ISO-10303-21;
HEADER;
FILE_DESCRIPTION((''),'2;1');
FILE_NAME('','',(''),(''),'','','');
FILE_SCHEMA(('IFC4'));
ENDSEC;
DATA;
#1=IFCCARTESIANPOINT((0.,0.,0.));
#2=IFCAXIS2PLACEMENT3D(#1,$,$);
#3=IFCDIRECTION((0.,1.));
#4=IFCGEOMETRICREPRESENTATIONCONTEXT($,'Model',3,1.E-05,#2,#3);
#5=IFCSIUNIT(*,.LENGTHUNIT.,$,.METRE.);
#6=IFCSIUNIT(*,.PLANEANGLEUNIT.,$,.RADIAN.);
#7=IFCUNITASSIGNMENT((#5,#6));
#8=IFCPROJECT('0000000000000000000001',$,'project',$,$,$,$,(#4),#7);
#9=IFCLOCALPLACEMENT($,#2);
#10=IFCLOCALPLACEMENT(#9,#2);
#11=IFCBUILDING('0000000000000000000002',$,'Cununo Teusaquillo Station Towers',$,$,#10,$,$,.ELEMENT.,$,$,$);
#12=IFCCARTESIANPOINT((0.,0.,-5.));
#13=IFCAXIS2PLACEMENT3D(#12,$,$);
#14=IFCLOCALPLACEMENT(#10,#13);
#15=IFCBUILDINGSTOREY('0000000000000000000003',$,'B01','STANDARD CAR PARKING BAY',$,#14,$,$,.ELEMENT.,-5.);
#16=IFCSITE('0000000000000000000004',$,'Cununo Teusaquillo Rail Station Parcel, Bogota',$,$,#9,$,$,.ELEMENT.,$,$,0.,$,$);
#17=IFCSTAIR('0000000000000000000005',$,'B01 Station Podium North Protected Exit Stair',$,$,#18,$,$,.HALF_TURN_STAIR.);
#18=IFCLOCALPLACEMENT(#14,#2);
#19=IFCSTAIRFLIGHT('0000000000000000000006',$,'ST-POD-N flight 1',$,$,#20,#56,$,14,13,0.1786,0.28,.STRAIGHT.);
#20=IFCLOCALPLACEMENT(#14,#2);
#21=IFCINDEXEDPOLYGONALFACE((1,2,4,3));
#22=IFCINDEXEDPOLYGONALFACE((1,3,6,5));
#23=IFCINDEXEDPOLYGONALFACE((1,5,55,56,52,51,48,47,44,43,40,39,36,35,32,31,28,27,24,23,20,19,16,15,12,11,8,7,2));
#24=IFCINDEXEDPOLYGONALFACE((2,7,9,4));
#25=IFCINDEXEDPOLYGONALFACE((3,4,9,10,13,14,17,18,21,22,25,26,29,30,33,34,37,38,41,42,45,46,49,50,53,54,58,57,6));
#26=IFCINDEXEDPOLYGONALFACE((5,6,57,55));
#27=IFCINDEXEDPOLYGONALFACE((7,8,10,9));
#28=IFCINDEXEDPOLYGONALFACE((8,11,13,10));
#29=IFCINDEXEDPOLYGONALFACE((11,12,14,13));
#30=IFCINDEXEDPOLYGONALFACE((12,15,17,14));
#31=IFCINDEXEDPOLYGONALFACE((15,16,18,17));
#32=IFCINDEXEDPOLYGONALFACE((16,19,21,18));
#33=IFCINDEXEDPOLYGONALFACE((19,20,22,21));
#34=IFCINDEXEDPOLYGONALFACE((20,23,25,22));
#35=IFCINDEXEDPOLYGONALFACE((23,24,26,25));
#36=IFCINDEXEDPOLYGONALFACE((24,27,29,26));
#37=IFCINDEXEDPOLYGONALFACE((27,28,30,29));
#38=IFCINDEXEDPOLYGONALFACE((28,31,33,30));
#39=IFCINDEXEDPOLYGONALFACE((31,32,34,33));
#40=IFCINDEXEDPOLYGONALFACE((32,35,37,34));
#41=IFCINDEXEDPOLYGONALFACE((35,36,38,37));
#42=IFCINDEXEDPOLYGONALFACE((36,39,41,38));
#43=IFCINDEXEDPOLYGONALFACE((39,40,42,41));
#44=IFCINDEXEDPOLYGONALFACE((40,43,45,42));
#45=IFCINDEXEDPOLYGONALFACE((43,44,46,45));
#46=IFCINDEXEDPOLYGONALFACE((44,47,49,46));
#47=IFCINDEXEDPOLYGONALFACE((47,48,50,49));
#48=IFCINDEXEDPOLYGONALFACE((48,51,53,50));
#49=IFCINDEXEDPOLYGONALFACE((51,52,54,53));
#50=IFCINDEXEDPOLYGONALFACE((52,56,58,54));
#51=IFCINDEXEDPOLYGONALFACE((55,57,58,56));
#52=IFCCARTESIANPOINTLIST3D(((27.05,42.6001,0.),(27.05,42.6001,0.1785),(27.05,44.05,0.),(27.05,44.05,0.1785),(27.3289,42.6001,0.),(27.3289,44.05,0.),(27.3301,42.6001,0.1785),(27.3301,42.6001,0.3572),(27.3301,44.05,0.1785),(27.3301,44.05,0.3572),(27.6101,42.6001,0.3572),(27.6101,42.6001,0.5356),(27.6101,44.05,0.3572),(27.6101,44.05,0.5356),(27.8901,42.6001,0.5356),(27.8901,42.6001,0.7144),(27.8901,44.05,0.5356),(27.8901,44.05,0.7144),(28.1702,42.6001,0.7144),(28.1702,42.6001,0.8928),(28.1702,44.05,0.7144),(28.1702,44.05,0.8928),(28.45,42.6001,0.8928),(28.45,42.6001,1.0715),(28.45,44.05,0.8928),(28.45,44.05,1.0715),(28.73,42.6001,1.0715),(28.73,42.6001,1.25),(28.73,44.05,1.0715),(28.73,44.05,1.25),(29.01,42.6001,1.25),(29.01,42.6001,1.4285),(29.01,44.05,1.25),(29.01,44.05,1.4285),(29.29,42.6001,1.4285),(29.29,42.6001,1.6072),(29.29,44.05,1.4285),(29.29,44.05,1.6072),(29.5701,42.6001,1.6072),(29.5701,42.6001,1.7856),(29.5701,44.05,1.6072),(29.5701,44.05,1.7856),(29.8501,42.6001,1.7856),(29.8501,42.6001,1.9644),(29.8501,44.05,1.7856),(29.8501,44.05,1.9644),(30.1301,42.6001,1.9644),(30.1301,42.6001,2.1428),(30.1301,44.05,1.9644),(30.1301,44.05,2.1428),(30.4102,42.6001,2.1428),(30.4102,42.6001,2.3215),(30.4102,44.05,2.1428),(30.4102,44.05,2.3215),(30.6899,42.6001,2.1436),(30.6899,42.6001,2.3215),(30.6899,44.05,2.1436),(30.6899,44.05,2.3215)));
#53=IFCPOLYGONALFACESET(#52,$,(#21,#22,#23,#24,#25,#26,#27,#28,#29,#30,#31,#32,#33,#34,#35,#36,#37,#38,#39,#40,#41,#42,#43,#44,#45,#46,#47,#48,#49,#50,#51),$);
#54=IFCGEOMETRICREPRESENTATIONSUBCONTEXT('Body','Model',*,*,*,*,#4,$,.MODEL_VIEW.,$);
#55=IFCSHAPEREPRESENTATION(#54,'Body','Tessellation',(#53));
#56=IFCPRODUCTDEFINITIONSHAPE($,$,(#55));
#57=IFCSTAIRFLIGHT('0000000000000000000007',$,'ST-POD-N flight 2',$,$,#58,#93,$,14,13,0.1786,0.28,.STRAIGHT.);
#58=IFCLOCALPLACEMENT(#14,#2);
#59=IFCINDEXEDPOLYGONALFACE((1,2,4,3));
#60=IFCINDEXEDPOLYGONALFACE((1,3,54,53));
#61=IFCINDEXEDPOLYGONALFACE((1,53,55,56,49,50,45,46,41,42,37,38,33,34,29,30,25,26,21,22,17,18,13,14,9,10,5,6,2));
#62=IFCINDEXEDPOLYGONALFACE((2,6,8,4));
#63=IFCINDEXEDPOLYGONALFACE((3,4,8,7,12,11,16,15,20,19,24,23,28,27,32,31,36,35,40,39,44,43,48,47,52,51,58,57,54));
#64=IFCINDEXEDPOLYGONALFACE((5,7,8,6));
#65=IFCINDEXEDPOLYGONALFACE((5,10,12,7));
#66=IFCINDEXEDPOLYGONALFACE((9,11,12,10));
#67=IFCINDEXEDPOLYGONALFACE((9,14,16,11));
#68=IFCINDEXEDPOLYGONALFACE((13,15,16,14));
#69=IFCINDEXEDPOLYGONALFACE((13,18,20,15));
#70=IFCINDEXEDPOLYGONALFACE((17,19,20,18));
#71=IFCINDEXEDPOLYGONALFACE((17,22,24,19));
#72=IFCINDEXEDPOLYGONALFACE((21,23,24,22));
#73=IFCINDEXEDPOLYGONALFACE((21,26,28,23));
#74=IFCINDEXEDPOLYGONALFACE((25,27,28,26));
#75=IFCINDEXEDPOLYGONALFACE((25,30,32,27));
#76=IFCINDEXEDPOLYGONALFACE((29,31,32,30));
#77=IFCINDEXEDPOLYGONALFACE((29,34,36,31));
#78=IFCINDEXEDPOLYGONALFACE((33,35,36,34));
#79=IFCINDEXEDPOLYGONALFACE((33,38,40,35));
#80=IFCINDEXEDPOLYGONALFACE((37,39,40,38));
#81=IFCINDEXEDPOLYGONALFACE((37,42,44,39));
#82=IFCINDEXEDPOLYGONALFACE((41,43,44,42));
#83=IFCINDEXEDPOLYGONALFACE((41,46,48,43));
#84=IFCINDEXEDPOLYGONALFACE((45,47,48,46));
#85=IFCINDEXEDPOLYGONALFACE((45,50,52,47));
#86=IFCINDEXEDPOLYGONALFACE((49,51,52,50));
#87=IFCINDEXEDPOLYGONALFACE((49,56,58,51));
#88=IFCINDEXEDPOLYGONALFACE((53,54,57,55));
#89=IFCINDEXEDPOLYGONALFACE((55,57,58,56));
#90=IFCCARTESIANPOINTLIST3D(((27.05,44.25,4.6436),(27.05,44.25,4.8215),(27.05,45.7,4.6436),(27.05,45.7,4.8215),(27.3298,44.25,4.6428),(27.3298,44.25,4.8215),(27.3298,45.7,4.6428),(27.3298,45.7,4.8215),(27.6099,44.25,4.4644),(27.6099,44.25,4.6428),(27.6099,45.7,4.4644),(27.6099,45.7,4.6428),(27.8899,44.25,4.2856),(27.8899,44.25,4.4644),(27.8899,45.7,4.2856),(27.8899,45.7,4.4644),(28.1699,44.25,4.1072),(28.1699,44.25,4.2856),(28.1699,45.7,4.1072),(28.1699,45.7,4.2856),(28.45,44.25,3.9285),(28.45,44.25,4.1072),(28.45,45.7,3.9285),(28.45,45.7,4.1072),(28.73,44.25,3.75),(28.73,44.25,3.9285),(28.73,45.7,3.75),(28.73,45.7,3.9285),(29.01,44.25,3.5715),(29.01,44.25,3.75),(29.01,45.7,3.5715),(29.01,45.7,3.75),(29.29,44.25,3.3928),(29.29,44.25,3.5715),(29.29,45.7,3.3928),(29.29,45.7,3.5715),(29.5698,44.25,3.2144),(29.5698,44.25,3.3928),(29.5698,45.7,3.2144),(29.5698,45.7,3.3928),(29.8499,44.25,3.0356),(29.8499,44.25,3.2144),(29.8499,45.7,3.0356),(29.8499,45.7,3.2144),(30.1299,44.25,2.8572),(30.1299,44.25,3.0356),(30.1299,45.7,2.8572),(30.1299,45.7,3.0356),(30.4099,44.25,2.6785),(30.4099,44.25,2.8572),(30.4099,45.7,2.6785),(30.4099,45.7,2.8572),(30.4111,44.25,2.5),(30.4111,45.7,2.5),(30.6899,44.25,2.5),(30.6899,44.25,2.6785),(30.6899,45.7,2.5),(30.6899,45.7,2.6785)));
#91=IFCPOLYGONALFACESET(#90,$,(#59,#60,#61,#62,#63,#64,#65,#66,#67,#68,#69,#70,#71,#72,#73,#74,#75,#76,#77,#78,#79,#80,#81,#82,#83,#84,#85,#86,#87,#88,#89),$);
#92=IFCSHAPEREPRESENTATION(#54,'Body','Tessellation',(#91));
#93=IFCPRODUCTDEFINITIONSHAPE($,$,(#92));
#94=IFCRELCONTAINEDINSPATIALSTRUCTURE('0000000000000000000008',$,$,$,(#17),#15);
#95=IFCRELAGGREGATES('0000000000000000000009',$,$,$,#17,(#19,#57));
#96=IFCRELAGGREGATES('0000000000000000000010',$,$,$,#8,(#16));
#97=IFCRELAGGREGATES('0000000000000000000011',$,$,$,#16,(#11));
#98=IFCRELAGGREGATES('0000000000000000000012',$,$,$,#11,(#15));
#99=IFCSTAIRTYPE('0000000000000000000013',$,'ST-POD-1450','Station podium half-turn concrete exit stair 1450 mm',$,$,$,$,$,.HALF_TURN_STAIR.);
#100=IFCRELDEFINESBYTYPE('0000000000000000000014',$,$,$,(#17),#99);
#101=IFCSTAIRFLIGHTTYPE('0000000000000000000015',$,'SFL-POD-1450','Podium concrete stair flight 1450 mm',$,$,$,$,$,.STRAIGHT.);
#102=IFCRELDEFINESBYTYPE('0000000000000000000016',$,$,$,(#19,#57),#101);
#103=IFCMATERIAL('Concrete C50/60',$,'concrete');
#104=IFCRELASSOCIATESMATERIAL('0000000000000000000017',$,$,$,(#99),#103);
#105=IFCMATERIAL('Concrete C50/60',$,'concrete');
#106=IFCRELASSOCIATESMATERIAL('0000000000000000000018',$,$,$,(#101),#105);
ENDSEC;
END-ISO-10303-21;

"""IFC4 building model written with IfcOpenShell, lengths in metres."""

from ifc_helpers import new_model, si_unit, direction, frame, origin, place, context, subcontext, project, spatial, polyline, outline, extrude, material, type_object, element, aggregate, save


model = new_model("IFC4")

# Units and contexts
model_context = context("Model", 3, precision=1e-05, world=origin(), true_north=direction((0.0, 1.0)))
body_context = subcontext(model_context, "Body", "Model", "MODEL_VIEW")
ifc_project = project(units=[si_unit("LENGTHUNIT", "METRE"), si_unit("PLANEANGLEUNIT", "RADIAN")], contexts=[model_context])

# Site, building, storey
site_placement = place(None, origin())
site = spatial("IfcSite", under=ifc_project, at=site_placement, Name="Cununo Teusaquillo Rail Station Parcel, Bogota", CompositionType="ELEMENT", RefElevation=0.0)
building_placement = place(site_placement, origin())
building = spatial("IfcBuilding", under=site, at=building_placement, Name="Cununo Teusaquillo Station Towers", CompositionType="ELEMENT")
storey_placement = place(building_placement, frame((0.0, 0.0, -5.0)))
storey = spatial("IfcBuildingStorey", under=building, at=storey_placement, Name="B01", Description="STANDARD CAR PARKING BAY", CompositionType="ELEMENT", Elevation=-5.0)

# Stair, stair flights
ifc_material_1 = material(Name="Concrete C50/60", Category="concrete")
stair_type = type_object("IfcStairType", Name="ST-POD-1450", Description="Station podium half-turn concrete exit stair 1450 mm", PredefinedType="HALF_TURN_STAIR", material=ifc_material_1)
stair_placement = place(storey_placement, origin())
stair = element("IfcStair", 1, at=stair_placement, inside=storey, type_object=stair_type, Name="B01 Station Podium North Protected Exit Stair", PredefinedType="HALF_TURN_STAIR")
ifc_material_2 = material(Name="Concrete C50/60", Category="concrete")
stair_flight_type = type_object("IfcStairFlightType", Name="SFL-POD-1450", Description="Podium concrete stair flight 1450 mm", PredefinedType="STRAIGHT", material=ifc_material_2)
stair_flight_1_placement = place(storey_placement, frame((27.05, 43.325, 0.0), z_axis=(0.0, 0.0, 1.0), x_axis=(1.0, 0.0, 0.0)))
stair_flight_1 = element("IfcStairFlight", 2, at=stair_flight_1_placement, type_object=stair_flight_type, Name="ST-POD-N flight 1", NumberOfRisers=14, NumberOfTreads=13, PredefinedType="STRAIGHT", RiserHeight=0.1786, TreadLength=0.28, context=body_context, shape_type="SweptSolid", body=[
    extrude(outline(polyline([(0.0, 0.0), (0.0, 0.1785), (0.28, 0.1785), (0.28, 0.3572), (0.5601, 0.3572), (0.5601, 0.5356), (0.8401, 0.5356), (0.8401, 0.7144), (1.1201, 0.7144), (1.1201, 0.8928), (1.3999, 0.8928), (1.3999, 1.0715), (1.6799, 1.0715), (1.6799, 1.25), (1.96, 1.25), (1.96, 1.4285), (2.24, 1.4285), (2.24, 1.6072), (2.52, 1.6072), (2.52, 1.7856), (2.8, 1.7856), (2.8, 1.9644), (3.0801, 1.9644), (3.0801, 2.1428), (3.3601, 2.1428), (3.3601, 2.3215), (3.6399, 2.3215), (3.6399, 2.5), (3.6399, 2.1436), (0.2788, 0.0), (0.0, 0.0)])), frame((0.0, 0.7251, 0.0), z_axis=(0.0, -1.0, 0.0), x_axis=(1.0, 0.0, 0.0)), (0.0, 0.0, 1.0), 1.45),
])
stair_flight_2_placement = place(storey_placement, frame((30.6899, 44.9751, 2.5), z_axis=(0.0, 0.0, 1.0), x_axis=(-1.0, 0.0, 0.0)))
stair_flight_2 = element("IfcStairFlight", 3, at=stair_flight_2_placement, type_object=stair_flight_type, Name="ST-POD-N flight 2", NumberOfRisers=14, NumberOfTreads=13, PredefinedType="STRAIGHT", RiserHeight=0.1786, TreadLength=0.28, context=body_context, shape_type="SweptSolid", body=[
    extrude(outline(polyline([(0.0, 0.0), (0.0, 0.1785), (0.28, 0.1785), (0.28, 0.3572), (0.5601, 0.3572), (0.5601, 0.5356), (0.8401, 0.5356), (0.8401, 0.7144), (1.1201, 0.7144), (1.1201, 0.8928), (1.3999, 0.8928), (1.3999, 1.0715), (1.6799, 1.0715), (1.6799, 1.25), (1.96, 1.25), (1.96, 1.4285), (2.24, 1.4285), (2.24, 1.6072), (2.52, 1.6072), (2.52, 1.7856), (2.8, 1.7856), (2.8, 1.9644), (3.0801, 1.9644), (3.0801, 2.1428), (3.3601, 2.1428), (3.3601, 2.3215), (3.6399, 2.3215), (3.6399, 2.5), (3.6399, 2.1436), (0.2788, 0.0), (0.0, 0.0)])), frame((0.0, 0.7251, 0.0), z_axis=(0.0, -1.0, 0.0), x_axis=(1.0, 0.0, 0.0)), (0.0, 0.0, 1.0), 1.45),
])
aggregate(stair, [stair_flight_1, stair_flight_2])

save(model, "model.ifc")
